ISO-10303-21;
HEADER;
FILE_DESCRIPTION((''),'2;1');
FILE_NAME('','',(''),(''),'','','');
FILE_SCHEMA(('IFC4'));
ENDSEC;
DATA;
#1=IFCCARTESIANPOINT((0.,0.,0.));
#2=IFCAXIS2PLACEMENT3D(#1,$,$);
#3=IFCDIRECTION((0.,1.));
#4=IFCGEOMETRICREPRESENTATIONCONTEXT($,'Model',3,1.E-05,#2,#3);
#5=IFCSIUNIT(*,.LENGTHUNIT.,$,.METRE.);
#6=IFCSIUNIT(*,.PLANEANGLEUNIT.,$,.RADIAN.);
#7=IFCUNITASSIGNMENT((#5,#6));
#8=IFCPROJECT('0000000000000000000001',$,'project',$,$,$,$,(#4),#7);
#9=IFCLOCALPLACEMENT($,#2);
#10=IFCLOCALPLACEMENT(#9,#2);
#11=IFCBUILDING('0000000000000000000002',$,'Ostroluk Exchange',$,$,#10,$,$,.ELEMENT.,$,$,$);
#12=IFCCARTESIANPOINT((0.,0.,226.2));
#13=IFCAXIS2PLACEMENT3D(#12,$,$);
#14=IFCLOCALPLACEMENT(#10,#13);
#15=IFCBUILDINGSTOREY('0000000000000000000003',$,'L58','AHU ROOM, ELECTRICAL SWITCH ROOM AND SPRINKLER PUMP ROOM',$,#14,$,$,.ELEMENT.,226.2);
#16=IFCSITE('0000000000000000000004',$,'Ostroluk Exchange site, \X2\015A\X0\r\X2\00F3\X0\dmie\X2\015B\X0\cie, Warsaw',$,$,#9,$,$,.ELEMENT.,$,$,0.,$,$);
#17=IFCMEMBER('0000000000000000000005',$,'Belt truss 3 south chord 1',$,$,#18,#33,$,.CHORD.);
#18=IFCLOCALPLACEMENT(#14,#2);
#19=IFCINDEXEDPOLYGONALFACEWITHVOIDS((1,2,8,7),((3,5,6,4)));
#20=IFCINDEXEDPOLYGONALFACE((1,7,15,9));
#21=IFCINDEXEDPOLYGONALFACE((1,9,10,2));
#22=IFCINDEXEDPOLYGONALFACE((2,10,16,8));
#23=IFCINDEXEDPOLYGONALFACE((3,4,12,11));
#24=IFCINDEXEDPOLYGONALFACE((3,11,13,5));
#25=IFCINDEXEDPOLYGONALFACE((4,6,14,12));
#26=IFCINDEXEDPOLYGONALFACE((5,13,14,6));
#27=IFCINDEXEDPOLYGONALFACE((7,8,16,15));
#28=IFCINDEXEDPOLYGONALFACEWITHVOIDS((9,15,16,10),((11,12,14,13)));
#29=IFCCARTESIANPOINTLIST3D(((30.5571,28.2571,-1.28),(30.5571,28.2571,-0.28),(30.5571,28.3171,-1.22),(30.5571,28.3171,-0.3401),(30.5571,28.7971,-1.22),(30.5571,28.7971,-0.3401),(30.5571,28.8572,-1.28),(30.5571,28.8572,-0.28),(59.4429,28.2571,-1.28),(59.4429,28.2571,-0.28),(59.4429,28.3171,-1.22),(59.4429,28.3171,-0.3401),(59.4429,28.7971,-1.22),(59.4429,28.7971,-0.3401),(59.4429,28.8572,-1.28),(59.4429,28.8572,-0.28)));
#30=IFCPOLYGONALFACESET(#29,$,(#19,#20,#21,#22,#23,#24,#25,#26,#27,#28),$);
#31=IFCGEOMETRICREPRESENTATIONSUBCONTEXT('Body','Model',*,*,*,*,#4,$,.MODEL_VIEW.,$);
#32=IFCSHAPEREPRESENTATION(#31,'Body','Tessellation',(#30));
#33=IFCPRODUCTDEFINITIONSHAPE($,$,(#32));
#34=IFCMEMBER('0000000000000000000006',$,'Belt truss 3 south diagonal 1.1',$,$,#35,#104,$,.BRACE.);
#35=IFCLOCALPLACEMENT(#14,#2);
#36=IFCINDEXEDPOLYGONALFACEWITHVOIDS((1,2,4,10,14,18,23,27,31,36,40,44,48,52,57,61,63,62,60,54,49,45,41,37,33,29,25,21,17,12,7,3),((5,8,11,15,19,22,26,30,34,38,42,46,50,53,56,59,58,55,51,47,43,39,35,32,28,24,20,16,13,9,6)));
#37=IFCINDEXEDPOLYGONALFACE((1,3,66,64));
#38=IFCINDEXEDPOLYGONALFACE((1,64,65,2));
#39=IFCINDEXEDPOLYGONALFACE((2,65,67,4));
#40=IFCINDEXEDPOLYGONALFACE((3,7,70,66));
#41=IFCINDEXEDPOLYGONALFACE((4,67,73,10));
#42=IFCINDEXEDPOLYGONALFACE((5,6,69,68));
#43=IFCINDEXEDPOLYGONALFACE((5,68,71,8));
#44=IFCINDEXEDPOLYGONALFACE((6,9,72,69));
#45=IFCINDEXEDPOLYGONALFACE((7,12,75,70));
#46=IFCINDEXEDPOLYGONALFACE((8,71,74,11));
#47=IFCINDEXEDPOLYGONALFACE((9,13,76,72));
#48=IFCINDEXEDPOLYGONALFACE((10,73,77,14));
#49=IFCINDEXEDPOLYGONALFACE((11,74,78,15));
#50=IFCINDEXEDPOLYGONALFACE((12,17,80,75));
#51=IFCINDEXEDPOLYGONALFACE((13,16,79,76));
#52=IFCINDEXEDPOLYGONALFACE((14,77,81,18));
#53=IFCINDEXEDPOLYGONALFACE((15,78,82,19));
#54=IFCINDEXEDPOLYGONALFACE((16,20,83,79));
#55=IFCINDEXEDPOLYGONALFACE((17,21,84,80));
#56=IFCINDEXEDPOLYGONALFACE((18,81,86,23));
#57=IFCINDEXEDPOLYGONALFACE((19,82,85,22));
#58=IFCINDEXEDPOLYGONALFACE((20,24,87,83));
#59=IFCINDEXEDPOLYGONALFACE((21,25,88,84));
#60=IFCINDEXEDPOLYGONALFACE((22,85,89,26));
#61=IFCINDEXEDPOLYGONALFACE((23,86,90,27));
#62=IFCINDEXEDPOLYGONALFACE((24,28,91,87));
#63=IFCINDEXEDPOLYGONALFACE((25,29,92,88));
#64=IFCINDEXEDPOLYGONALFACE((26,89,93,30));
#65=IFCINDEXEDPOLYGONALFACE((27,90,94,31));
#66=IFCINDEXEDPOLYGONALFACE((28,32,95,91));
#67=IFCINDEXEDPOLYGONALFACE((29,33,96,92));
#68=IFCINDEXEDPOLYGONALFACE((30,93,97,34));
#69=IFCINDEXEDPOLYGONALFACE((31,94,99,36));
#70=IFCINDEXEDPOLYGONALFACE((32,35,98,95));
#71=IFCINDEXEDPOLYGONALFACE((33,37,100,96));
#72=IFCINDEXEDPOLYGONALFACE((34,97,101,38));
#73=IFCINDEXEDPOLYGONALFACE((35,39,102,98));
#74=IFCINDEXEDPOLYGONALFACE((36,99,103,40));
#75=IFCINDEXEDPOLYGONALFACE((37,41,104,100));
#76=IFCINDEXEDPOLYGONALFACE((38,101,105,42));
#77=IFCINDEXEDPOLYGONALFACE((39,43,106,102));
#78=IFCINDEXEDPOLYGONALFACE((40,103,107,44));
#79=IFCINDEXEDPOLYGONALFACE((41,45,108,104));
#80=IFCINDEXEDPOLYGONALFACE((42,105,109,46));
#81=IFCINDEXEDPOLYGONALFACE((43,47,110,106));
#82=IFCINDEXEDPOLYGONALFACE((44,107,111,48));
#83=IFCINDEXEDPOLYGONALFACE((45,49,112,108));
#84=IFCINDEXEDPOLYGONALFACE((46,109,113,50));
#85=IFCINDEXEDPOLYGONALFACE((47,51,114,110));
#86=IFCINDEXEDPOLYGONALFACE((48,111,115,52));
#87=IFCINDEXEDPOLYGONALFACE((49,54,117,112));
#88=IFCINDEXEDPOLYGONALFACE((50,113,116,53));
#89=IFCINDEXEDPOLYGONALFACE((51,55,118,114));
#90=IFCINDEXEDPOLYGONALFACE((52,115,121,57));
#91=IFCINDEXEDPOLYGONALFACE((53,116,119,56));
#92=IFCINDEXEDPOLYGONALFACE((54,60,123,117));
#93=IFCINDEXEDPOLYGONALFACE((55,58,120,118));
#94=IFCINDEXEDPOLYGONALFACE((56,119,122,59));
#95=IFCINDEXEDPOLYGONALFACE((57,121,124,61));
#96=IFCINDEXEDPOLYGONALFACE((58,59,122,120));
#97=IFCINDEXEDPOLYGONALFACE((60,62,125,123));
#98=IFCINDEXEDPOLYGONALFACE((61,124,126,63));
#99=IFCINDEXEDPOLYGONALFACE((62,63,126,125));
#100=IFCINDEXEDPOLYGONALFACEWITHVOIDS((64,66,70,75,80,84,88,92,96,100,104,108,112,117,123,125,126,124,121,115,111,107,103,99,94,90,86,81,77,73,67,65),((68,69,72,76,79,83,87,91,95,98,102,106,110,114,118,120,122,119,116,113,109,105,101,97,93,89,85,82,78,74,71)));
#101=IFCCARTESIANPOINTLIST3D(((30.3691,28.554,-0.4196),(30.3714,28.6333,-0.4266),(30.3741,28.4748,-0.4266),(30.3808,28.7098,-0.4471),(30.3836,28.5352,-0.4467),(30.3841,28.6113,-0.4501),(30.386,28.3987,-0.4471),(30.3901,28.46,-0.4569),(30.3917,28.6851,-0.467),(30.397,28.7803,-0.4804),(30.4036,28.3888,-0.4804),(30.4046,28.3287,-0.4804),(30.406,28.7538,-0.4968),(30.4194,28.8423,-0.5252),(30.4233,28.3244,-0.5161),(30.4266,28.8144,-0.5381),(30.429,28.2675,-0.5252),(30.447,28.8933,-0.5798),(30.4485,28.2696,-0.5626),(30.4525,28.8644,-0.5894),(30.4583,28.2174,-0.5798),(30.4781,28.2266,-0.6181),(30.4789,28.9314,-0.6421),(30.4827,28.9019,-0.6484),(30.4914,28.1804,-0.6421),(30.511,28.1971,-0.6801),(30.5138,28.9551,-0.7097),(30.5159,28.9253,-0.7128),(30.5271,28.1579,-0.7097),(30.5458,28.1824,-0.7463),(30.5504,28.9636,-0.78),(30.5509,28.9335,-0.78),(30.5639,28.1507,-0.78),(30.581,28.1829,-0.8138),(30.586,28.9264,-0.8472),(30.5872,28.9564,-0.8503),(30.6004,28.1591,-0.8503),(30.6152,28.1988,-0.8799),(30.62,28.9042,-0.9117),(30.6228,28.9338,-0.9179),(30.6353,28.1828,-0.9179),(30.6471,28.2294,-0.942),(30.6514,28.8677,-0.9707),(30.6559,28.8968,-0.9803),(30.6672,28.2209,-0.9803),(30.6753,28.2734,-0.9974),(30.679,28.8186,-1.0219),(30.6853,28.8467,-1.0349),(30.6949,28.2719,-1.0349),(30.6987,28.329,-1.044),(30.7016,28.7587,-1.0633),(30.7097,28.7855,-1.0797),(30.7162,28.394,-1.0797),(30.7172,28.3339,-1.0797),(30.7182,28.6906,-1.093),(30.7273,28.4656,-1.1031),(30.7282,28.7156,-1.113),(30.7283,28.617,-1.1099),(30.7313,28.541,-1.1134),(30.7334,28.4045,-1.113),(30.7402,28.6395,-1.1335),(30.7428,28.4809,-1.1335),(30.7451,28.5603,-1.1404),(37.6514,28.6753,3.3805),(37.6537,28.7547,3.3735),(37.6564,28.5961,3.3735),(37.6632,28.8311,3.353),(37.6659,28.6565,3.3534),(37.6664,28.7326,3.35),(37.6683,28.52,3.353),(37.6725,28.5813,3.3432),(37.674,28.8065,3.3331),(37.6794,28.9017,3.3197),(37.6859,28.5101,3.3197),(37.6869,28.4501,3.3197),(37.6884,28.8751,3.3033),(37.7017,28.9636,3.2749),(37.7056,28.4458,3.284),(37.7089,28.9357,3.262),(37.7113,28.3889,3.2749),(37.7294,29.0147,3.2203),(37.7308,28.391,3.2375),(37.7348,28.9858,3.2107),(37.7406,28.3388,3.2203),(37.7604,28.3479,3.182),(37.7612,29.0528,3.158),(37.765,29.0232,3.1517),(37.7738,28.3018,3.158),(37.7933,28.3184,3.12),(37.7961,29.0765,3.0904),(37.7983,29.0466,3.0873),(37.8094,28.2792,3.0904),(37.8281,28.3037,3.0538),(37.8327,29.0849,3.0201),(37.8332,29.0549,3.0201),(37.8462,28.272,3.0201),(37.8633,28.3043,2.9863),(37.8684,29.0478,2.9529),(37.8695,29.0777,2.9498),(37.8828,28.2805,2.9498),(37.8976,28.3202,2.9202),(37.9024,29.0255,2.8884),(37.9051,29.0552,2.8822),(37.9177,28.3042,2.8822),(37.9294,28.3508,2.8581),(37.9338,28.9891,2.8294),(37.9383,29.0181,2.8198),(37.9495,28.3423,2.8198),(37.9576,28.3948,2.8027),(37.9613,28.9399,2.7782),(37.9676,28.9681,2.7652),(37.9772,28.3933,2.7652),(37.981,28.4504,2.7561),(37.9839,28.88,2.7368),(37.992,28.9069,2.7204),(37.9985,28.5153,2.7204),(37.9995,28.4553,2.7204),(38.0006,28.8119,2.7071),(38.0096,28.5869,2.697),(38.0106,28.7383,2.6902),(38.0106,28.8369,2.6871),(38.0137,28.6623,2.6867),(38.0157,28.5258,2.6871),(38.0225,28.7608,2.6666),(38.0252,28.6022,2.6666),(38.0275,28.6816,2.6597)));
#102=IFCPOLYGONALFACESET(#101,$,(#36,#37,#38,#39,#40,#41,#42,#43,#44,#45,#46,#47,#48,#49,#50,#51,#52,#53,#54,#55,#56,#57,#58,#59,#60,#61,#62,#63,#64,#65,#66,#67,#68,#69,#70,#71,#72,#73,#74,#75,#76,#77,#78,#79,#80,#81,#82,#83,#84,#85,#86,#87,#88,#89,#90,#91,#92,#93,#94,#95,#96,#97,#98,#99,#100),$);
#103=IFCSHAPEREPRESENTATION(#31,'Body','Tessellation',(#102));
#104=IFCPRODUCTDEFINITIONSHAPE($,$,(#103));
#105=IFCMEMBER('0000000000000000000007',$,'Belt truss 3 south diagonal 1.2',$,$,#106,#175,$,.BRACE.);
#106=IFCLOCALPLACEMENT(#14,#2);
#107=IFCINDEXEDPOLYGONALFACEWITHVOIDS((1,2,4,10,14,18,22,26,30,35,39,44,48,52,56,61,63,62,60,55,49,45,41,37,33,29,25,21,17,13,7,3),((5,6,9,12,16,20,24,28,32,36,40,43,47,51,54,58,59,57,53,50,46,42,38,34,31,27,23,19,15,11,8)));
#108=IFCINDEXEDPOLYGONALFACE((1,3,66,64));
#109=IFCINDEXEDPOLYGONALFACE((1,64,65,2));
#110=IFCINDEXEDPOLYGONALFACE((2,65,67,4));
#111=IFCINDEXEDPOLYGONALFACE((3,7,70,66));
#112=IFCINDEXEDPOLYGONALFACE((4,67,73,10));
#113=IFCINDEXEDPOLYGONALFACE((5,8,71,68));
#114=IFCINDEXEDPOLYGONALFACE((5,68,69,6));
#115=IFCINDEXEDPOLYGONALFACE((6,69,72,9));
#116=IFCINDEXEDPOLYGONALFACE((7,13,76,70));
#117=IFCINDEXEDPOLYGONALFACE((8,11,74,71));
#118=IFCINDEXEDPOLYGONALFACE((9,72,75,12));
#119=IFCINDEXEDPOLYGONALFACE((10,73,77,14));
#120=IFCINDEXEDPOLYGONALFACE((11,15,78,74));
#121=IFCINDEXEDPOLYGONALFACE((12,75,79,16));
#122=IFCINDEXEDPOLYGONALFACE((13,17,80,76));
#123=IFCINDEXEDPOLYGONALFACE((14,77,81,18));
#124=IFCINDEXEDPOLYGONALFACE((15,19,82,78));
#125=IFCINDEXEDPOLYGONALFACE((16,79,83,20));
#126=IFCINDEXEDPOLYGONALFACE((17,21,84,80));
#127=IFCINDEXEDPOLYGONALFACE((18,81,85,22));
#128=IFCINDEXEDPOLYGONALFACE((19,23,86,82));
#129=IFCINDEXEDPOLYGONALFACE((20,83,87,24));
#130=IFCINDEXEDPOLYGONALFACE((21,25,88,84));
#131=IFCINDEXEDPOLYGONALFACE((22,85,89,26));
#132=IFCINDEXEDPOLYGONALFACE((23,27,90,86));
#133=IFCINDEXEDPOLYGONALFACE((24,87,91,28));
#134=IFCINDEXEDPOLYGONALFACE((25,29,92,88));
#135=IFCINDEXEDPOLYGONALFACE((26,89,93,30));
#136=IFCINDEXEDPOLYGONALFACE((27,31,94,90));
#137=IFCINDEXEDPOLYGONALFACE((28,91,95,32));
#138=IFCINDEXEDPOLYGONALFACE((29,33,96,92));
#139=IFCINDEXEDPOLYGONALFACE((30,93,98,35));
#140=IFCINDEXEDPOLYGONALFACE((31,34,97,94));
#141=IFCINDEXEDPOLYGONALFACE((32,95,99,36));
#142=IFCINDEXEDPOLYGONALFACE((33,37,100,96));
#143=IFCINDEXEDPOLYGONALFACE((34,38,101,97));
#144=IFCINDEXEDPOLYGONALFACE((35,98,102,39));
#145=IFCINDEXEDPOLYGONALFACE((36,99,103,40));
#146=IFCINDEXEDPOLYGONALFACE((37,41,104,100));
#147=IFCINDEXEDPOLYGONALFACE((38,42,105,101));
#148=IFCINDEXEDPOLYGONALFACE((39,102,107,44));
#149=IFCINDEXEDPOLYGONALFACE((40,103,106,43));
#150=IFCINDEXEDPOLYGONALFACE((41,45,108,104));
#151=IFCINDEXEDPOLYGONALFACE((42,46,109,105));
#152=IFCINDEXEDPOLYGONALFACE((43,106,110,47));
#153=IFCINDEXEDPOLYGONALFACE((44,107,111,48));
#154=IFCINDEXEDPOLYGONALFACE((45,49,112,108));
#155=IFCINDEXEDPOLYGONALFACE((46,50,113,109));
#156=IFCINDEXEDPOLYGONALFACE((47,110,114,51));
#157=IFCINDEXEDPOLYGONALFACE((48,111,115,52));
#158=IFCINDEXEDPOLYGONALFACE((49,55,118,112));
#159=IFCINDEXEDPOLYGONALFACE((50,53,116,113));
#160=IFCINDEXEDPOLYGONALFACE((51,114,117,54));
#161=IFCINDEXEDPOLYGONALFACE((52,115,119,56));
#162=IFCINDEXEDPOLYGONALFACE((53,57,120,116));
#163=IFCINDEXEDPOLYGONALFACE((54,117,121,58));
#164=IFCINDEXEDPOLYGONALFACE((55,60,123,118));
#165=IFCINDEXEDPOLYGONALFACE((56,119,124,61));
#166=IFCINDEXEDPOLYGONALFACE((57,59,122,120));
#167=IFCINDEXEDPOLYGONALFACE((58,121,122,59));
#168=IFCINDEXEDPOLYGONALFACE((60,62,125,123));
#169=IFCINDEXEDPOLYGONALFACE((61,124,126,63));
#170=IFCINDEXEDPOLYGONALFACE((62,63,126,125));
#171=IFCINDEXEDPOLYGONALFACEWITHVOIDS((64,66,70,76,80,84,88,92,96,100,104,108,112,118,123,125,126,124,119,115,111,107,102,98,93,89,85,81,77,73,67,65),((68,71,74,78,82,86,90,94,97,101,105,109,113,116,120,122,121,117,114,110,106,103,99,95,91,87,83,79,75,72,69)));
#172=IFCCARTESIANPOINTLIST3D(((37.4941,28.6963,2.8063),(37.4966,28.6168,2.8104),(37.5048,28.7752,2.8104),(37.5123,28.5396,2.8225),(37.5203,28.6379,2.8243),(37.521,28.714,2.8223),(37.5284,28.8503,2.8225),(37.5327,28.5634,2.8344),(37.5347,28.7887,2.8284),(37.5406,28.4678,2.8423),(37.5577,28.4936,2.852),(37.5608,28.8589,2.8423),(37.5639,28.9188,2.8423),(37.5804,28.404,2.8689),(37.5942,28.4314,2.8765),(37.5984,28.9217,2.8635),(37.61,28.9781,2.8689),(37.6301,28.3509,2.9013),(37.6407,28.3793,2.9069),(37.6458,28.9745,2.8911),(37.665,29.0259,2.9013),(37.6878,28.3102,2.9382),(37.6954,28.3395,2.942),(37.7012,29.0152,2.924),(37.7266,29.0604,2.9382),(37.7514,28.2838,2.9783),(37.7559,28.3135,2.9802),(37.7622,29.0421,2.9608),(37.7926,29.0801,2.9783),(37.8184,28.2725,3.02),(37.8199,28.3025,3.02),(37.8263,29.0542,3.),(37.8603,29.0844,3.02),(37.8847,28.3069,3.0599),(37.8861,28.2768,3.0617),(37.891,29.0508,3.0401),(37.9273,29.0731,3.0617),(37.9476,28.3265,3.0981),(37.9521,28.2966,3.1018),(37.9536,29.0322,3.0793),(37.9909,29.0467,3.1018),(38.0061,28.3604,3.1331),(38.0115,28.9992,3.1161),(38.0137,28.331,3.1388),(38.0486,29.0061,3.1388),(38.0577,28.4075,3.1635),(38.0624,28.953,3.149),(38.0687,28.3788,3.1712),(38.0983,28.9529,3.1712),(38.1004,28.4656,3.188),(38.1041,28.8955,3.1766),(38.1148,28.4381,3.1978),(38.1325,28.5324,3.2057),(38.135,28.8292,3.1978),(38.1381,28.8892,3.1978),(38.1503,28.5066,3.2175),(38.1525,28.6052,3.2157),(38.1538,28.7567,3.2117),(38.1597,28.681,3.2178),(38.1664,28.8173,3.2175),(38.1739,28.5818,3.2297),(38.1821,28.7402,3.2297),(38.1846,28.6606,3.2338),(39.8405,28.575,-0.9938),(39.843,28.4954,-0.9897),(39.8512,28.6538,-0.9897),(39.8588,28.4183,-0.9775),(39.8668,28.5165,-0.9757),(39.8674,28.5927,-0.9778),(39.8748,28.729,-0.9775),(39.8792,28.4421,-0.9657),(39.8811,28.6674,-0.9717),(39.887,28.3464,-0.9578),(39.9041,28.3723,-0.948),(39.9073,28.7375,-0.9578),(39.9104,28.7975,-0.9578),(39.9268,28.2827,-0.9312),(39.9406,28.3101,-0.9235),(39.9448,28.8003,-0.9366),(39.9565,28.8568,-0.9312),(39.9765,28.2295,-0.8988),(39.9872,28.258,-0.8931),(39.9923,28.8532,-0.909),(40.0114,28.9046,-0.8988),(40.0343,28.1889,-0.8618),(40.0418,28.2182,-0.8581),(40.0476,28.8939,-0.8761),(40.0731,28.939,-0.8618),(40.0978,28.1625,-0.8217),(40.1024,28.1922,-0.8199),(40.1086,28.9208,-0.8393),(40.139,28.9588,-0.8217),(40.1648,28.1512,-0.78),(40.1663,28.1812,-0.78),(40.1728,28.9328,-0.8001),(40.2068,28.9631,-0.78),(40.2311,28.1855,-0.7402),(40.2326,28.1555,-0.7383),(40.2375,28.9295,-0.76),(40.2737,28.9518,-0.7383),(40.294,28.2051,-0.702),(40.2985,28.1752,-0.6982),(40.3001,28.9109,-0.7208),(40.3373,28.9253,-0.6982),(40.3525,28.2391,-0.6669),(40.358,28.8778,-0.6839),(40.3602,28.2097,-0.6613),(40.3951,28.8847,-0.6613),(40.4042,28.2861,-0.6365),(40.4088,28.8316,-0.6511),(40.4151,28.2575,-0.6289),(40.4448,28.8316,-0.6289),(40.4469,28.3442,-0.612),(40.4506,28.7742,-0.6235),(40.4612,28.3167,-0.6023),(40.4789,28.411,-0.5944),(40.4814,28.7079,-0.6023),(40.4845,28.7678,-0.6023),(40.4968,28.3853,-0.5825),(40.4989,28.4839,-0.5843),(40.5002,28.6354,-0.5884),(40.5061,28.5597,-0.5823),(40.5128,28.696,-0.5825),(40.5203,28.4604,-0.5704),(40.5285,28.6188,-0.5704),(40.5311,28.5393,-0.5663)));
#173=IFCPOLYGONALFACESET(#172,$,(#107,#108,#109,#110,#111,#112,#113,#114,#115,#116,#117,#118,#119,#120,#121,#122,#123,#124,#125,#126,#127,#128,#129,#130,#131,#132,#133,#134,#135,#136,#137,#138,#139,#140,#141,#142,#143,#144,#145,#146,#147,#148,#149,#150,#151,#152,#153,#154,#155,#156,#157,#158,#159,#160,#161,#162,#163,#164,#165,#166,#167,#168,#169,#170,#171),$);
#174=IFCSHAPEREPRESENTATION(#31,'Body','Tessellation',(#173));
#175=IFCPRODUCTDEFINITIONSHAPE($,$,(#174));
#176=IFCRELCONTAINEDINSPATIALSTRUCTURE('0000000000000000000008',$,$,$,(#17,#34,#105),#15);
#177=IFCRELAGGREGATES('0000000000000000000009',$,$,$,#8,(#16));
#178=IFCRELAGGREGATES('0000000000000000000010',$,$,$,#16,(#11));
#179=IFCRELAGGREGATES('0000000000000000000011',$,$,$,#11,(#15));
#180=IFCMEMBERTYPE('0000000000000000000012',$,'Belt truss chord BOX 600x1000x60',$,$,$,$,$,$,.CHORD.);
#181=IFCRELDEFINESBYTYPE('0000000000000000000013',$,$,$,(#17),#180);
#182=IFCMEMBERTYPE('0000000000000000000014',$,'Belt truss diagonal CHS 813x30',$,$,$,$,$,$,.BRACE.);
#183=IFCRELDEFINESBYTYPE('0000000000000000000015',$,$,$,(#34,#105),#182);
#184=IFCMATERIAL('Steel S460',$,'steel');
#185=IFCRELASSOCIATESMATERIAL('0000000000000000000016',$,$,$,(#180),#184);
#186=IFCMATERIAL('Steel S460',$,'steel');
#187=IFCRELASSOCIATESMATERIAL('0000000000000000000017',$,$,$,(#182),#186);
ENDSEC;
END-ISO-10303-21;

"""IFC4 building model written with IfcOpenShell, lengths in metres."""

from ifc_helpers import new_model, si_unit, direction, frame, origin, origin_2d, place, context, subcontext, project, spatial, hollow_rectangle, hollow_circle, extrude, material, material_profile, profile_set, type_object, element, save


model = new_model("IFC4")

# Units and contexts
model_context = context("Model", 3, precision=1e-05, world=origin(), true_north=direction((0.0, 1.0)))
body_context = subcontext(model_context, "Body", "Model", "MODEL_VIEW")
ifc_project = project(units=[si_unit("LENGTHUNIT", "METRE"), si_unit("PLANEANGLEUNIT", "RADIAN")], contexts=[model_context])

# Site, building, storey
site_placement = place(None, origin())
site = spatial("IfcSite", under=ifc_project, at=site_placement, Name="Ostroluk Exchange site, Śródmieście, Warsaw", CompositionType="ELEMENT", RefElevation=0.0)
building_placement = place(site_placement, origin())
building = spatial("IfcBuilding", under=site, at=building_placement, Name="Ostroluk Exchange", CompositionType="ELEMENT")
storey_placement = place(building_placement, frame((0.0, 0.0, 226.2)))
storey = spatial("IfcBuildingStorey", under=building, at=storey_placement, Name="L58", Description="AHU ROOM, ELECTRICAL SWITCH ROOM AND SPRINKLER PUMP ROOM", CompositionType="ELEMENT", Elevation=226.2)

# Members
ifc_material_1 = material(Name="Steel S460", Category="steel")
ifc_material_profile_1 = material_profile(ifc_material_1, hollow_rectangle(XDim=0.6001, YDim=1.0, WallThickness=0.0601, at=origin_2d()), Name="BOX 600x1000x60")
ifc_profile_set_1 = profile_set([ifc_material_profile_1], Name="Steel S460")
member_type_1 = type_object("IfcMemberType", Name="Belt truss chord BOX 600x1000x60", PredefinedType="CHORD", material=ifc_profile_set_1)
member_1_placement = place(storey_placement, frame((30.5571, 28.5571, -0.78), z_axis=(1.0, 0.0, 0.0), x_axis=(0.0, 1.0, 0.0)))
element("IfcMember", 1, at=member_1_placement, inside=storey, type_object=member_type_1, Name="Belt truss 3 south chord 1", PredefinedType="CHORD", context=body_context, shape_type="SweptSolid", body=[
    extrude(hollow_rectangle(XDim=0.6001, YDim=1.0, WallThickness=0.0601, at=origin_2d()), origin(), (0.0, 0.0, 1.0), 28.8857),
])
ifc_material_2 = material(Name="Steel S460", Category="steel")
ifc_material_profile_2 = material_profile(ifc_material_2, hollow_circle(Radius=0.4065, WallThickness=0.03, at=origin_2d()), Name="CHS 813x30")
ifc_profile_set_2 = profile_set([ifc_material_profile_2], Name="Steel S460")
member_type_2 = type_object("IfcMemberType", Name="Belt truss diagonal CHS 813x30", PredefinedType="BRACE", material=ifc_profile_set_2)
member_2_placement = place(storey_placement, frame((30.5571, 28.5571, -0.78), z_axis=(0.886457, 0.01477, 0.462575), x_axis=(-0.01666, 0.999861, 0.0)))
element("IfcMember", 2, at=member_2_placement, inside=storey, type_object=member_type_2, Name="Belt truss 3 south diagonal 1.1", PredefinedType="BRACE", context=body_context, shape_type="SweptSolid", body=[
    extrude(hollow_circle(Radius=0.4065, WallThickness=0.03, at=origin_2d()), origin(), (0.0, 0.0, 1.0), 8.2151),
])
member_3_placement = place(storey_placement, frame((40.1858, 28.5571, -0.78), z_axis=(-0.525193, 0.027159, 0.85055), x_axis=(-0.051643, -0.998666, 0.0)))
element("IfcMember", 3, at=member_3_placement, inside=storey, type_object=member_type_2, Name="Belt truss 3 south diagonal 1.2", PredefinedType="BRACE", context=body_context, shape_type="SweptSolid", body=[
    extrude(hollow_circle(Radius=0.4065, WallThickness=0.03, at=origin_2d()), origin(), (0.0, 0.0, 1.0), 4.4678),
])

save(model, "model.ifc")
